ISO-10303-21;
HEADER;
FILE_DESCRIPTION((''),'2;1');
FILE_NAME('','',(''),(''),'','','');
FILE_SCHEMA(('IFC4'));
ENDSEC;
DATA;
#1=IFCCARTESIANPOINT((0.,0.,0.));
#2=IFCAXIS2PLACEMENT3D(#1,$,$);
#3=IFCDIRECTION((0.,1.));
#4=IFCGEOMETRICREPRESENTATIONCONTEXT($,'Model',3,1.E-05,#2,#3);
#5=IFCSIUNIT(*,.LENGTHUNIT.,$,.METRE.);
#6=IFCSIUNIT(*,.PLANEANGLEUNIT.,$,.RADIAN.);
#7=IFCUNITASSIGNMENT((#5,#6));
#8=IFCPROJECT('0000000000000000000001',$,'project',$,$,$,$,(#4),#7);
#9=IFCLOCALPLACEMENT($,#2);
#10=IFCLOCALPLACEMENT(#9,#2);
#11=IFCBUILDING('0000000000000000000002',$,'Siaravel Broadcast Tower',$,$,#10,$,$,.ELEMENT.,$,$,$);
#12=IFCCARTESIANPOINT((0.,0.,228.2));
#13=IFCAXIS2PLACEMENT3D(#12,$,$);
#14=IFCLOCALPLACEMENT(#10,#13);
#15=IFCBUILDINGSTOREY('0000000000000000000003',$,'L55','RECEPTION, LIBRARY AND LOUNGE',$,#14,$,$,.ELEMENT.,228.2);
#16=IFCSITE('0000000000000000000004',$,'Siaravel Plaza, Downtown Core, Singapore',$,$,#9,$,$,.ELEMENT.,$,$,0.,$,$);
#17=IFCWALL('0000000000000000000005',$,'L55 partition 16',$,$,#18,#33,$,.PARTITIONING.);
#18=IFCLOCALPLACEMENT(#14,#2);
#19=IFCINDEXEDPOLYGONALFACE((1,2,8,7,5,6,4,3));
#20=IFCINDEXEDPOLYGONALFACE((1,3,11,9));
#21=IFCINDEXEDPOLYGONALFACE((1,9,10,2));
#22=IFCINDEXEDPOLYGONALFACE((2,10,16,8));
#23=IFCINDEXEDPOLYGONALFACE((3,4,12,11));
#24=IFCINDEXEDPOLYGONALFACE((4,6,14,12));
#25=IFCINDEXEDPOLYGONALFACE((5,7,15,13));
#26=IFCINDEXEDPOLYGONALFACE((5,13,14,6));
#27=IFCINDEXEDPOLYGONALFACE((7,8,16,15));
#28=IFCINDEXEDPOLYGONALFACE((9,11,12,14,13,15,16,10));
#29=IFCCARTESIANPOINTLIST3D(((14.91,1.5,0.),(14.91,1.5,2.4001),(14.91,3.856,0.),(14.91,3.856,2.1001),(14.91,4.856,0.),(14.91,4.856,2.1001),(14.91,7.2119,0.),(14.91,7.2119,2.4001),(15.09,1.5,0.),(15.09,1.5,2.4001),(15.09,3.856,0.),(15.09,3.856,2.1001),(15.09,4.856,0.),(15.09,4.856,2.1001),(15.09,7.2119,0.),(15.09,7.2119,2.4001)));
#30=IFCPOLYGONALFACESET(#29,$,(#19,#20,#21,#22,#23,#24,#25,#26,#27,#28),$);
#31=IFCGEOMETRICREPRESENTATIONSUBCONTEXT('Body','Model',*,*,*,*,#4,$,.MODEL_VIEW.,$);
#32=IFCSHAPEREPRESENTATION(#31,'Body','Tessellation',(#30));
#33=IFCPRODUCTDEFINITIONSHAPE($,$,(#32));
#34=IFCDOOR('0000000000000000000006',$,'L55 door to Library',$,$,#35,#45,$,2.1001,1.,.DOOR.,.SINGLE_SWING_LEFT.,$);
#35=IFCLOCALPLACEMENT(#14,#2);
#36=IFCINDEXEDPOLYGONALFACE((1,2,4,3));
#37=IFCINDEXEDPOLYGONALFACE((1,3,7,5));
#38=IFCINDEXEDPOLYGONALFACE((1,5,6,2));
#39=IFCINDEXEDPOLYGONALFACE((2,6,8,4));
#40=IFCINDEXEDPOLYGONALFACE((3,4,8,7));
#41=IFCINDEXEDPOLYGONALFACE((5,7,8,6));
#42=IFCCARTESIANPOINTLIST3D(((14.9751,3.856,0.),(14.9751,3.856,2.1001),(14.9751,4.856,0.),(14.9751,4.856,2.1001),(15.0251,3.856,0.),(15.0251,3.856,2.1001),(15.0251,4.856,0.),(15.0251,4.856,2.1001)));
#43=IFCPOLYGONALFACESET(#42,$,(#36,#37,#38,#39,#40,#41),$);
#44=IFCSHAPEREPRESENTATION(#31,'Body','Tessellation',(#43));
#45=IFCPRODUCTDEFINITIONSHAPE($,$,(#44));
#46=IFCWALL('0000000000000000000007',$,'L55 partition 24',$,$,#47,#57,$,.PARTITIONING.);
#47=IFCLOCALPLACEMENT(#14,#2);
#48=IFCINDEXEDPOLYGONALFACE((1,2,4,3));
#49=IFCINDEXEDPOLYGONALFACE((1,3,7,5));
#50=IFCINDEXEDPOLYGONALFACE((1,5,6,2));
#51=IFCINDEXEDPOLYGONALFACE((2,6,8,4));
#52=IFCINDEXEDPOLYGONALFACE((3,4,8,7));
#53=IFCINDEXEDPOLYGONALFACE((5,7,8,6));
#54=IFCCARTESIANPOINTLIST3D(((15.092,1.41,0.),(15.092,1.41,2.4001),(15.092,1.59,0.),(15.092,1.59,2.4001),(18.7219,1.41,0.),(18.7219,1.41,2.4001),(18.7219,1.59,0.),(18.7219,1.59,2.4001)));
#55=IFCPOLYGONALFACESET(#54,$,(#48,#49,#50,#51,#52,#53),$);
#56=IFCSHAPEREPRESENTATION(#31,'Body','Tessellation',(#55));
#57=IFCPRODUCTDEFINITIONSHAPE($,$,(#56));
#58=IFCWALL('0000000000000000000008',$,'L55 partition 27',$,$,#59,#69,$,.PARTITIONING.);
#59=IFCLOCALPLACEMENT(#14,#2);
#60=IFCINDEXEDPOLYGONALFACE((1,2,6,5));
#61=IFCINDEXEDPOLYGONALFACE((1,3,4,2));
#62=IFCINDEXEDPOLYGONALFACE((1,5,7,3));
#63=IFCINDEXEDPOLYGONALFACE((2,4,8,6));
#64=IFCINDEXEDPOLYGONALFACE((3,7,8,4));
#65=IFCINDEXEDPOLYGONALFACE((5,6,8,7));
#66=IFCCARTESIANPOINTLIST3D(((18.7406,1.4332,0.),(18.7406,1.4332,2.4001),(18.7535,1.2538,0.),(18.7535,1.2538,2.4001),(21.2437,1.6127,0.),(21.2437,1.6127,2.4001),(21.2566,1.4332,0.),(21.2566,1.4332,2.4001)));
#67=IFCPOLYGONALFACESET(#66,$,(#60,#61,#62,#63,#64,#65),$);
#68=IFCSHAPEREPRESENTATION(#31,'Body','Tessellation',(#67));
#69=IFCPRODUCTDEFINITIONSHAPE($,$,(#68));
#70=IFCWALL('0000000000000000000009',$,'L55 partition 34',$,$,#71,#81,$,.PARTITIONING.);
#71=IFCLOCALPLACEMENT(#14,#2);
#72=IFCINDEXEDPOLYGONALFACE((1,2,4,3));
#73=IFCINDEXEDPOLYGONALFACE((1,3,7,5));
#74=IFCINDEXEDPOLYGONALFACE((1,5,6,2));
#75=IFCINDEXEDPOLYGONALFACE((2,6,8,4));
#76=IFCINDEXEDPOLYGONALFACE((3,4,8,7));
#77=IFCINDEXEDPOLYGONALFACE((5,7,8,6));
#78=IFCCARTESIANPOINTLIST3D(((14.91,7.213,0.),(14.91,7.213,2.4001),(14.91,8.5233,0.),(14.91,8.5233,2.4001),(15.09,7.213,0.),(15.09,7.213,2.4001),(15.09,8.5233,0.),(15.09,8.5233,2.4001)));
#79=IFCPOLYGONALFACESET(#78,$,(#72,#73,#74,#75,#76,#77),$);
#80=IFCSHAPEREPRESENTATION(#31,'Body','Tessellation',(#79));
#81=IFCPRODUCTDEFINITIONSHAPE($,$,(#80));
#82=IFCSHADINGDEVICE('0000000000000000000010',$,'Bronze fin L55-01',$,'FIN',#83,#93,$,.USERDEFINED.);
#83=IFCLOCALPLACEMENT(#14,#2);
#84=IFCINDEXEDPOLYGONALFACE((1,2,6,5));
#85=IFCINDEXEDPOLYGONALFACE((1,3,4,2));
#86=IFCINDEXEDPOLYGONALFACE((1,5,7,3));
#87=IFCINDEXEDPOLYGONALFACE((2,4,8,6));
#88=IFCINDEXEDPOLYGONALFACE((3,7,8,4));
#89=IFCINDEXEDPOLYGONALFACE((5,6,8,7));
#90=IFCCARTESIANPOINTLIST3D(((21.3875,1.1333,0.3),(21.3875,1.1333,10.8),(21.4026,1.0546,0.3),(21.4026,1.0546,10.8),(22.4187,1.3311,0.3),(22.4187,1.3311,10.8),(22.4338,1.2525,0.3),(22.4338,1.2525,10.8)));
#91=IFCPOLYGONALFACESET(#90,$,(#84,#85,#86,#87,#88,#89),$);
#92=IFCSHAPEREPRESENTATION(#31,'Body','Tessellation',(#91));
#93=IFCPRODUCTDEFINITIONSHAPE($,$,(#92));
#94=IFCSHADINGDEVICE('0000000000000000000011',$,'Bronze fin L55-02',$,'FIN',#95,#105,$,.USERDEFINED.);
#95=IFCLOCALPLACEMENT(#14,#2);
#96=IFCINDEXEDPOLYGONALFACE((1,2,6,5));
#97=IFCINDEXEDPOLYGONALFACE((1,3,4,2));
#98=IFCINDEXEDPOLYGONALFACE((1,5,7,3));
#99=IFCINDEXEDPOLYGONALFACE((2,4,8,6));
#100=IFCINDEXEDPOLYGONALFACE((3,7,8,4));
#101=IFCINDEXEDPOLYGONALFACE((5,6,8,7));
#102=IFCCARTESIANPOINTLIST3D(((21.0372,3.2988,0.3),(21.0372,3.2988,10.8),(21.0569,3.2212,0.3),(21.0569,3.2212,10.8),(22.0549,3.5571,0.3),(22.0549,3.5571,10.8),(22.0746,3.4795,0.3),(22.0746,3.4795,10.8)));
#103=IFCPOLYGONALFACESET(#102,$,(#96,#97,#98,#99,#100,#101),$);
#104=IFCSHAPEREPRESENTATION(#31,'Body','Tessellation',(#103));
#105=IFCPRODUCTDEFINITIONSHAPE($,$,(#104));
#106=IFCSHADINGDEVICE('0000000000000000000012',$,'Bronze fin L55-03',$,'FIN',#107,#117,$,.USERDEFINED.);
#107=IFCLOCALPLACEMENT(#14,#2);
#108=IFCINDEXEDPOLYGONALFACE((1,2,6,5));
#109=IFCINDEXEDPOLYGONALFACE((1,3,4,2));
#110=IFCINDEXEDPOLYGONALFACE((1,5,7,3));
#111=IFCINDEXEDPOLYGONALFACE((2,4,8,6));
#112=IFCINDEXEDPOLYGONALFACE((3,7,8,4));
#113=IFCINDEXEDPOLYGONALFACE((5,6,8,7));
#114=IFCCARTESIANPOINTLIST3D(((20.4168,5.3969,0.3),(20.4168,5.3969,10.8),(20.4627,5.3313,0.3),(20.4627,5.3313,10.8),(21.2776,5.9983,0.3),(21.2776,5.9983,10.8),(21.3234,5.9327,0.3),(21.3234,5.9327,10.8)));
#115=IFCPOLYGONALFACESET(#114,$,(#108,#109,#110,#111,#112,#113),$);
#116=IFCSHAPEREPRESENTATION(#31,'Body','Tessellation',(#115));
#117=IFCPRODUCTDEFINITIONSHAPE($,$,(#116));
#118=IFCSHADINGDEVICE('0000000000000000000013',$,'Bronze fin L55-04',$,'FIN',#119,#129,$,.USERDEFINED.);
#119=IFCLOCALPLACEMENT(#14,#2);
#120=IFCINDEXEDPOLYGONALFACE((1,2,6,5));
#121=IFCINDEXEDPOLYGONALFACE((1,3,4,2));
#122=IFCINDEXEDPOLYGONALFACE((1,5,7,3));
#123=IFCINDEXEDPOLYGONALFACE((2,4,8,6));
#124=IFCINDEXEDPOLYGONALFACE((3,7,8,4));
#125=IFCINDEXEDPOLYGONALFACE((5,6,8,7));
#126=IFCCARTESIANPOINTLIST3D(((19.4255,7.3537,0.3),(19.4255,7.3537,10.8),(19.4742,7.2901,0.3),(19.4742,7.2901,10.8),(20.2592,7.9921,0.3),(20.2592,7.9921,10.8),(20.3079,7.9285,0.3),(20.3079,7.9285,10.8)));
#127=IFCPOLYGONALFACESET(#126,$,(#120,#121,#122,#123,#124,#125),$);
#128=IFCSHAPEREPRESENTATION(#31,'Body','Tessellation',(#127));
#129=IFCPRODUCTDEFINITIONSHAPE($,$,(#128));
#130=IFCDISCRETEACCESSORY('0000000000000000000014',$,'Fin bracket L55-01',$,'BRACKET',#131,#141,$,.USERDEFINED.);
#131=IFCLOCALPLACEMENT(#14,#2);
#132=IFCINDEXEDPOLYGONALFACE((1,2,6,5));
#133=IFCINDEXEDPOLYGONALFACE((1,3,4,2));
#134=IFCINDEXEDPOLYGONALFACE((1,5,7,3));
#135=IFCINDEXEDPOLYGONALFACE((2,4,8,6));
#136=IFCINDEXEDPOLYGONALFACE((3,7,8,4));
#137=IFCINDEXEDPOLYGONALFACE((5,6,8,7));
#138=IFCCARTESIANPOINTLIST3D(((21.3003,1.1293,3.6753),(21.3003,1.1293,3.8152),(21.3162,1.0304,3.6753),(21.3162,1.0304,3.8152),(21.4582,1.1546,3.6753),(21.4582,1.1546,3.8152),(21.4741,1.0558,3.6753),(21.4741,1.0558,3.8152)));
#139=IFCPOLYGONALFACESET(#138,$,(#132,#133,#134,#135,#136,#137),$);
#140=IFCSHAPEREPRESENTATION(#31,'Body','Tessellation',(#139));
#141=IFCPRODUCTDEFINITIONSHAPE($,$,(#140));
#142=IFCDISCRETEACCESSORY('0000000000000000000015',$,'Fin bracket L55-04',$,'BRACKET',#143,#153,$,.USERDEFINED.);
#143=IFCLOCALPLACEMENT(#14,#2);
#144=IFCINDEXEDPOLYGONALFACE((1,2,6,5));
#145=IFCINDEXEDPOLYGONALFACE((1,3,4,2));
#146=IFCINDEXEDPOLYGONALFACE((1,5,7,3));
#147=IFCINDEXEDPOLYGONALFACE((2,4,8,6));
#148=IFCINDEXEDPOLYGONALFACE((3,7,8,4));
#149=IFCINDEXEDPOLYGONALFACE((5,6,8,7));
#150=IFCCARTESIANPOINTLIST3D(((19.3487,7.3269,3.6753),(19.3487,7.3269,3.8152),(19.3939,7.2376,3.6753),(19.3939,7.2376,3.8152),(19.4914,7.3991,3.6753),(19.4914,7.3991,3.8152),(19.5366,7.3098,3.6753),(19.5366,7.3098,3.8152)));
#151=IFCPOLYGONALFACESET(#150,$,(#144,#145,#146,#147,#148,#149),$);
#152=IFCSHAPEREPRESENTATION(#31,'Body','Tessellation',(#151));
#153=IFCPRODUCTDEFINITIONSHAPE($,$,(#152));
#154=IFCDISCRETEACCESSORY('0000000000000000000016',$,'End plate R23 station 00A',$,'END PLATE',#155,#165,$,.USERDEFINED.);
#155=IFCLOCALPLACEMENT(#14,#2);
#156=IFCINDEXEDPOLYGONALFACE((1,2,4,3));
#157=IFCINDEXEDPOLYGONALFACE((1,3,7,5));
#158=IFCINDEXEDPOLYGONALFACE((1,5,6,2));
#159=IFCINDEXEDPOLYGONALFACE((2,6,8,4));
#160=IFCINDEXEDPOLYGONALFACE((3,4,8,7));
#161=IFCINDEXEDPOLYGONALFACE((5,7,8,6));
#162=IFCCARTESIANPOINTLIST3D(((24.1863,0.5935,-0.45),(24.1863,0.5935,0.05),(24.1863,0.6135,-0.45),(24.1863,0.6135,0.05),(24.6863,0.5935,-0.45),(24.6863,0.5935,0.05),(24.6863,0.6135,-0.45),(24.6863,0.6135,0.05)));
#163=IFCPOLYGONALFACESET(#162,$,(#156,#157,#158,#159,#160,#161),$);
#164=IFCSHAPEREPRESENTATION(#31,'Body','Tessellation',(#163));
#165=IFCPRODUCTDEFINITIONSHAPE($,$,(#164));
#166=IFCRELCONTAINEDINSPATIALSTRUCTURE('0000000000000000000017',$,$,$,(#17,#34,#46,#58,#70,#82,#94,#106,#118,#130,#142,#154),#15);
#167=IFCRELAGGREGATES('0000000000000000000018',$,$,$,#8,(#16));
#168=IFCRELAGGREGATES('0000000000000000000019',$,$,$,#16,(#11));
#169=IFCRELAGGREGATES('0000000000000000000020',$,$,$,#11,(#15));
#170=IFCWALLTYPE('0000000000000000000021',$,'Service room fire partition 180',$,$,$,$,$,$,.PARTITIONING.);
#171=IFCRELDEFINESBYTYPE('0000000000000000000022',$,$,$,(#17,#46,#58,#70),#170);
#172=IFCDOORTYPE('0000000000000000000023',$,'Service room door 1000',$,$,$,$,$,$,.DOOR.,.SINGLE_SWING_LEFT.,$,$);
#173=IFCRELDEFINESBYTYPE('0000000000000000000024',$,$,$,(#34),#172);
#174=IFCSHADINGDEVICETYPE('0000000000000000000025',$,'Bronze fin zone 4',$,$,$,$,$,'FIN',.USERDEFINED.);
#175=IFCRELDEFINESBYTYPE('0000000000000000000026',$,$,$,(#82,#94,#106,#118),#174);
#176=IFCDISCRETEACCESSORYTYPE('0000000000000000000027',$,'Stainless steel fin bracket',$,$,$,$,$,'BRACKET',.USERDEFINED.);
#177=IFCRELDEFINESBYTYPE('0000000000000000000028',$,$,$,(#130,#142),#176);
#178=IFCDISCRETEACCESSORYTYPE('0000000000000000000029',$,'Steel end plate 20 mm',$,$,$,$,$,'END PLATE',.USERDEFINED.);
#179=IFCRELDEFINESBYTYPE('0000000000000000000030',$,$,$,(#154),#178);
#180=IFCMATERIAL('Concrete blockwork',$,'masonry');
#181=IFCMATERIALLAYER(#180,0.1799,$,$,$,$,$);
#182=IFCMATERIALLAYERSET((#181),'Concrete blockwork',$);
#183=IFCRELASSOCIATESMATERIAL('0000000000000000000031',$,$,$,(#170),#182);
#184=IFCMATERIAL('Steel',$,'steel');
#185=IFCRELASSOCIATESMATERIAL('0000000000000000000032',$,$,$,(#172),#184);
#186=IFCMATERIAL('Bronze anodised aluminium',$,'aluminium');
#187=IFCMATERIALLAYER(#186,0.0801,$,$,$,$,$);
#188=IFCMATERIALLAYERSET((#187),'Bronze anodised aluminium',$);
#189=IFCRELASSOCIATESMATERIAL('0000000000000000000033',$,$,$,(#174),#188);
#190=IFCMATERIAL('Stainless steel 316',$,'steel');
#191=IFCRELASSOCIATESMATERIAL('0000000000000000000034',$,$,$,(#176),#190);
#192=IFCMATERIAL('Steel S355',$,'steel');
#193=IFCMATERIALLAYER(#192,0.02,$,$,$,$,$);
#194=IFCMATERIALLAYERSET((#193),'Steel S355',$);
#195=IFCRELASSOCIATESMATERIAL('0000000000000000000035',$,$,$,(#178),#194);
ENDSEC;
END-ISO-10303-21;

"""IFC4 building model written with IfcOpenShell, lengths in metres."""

from ifc_helpers import new_model, si_unit, direction, frame, frame_2d, origin, origin_2d, place, context, subcontext, project, spatial, rectangle, extrude, material, layer, layer_set, type_object, element, fill, save


model = new_model("IFC4")

# Units and contexts
model_context = context("Model", 3, precision=1e-05, world=origin(), true_north=direction((0.0, 1.0)))
body_context = subcontext(model_context, "Body", "Model", "MODEL_VIEW")
ifc_project = project(units=[si_unit("LENGTHUNIT", "METRE"), si_unit("PLANEANGLEUNIT", "RADIAN")], contexts=[model_context])

# Site, building, storey
site_placement = place(None, origin())
site = spatial("IfcSite", under=ifc_project, at=site_placement, Name="Siaravel Plaza, Downtown Core, Singapore", CompositionType="ELEMENT", RefElevation=0.0)
building_placement = place(site_placement, origin())
building = spatial("IfcBuilding", under=site, at=building_placement, Name="Siaravel Broadcast Tower", CompositionType="ELEMENT")
storey_placement = place(building_placement, frame((0.0, 0.0, 228.2)))
storey = spatial("IfcBuildingStorey", under=building, at=storey_placement, Name="L55", Description="RECEPTION, LIBRARY AND LOUNGE", CompositionType="ELEMENT", Elevation=228.2)

# Shared definitions
ifc_material_1 = material(Name="Steel S355", Category="steel")

# Wall, opening, door
ifc_material_2 = material(Name="Concrete blockwork", Category="masonry")
ifc_layer_1 = layer(ifc_material_2, 0.1799)
ifc_layer_set_1 = layer_set([ifc_layer_1], Name="Concrete blockwork")
wall_type_1 = type_object("IfcWallType", Name="Service room fire partition 180", PredefinedType="PARTITIONING", material=ifc_layer_set_1)
wall_1_placement = place(storey_placement, frame((15.0, 1.5, 0.0), z_axis=(0.0, 0.0, 1.0), x_axis=(0.0, 1.0, 0.0)))
wall_1 = element("IfcWall", 1, at=wall_1_placement, inside=storey, type_object=wall_type_1, Name="L55 partition 16", PredefinedType="PARTITIONING", context=body_context, shape_type="SweptSolid", body=[
    extrude(rectangle(XDim=5.7119, YDim=0.1799, at=frame_2d((2.856, 0.0))), origin(), (0.0, 0.0, 1.0), 2.4001),
])
opening_placement = place(wall_1_placement, frame((2.356, 0.0, 0.0)))
opening = element("IfcOpeningElement", 2, at=opening_placement, cuts=wall_1, PredefinedType="OPENING", context=body_context, shape_type="SweptSolid", body=[
    extrude(rectangle(XDim=1.0, YDim=2.1001, at=frame_2d((0.5, 1.05))), frame((0.0, 0.0999, 0.0), z_axis=(0.0, -1.0, 0.0), x_axis=(1.0, 0.0, 0.0)), (0.0, 0.0, 1.0), 0.2),
])
ifc_material_3 = material(Name="Steel", Category="steel")
door_type = type_object("IfcDoorType", Name="Service room door 1000", OperationType="SINGLE_SWING_LEFT", PredefinedType="DOOR", material=ifc_material_3)
door_placement = place(opening_placement, origin())
door = element("IfcDoor", 3, at=door_placement, inside=storey, type_object=door_type, Name="L55 door to Library", OperationType="SINGLE_SWING_LEFT", OverallHeight=2.1001, OverallWidth=1.0, PredefinedType="DOOR", context=body_context, shape_type="SweptSolid", body=[
    extrude(rectangle(XDim=1.0, YDim=2.1001, at=frame_2d((0.5, 1.05))), frame((0.0, 0.0249, 0.0), z_axis=(0.0, -1.0, 0.0), x_axis=(1.0, 0.0, 0.0)), (0.0, 0.0, 1.0), 0.05),
])
fill(opening, door)

# Walls
wall_2_placement = place(storey_placement, frame((18.7219, 1.5, 0.0), z_axis=(0.0, 0.0, 1.0), x_axis=(-1.0, 0.0, 0.0)))
element("IfcWall", 4, at=wall_2_placement, inside=storey, type_object=wall_type_1, Name="L55 partition 24", PredefinedType="PARTITIONING", context=body_context, shape_type="SweptSolid", body=[
    extrude(rectangle(XDim=3.6299, YDim=0.1799, at=frame_2d((1.8149, 0.0))), origin(), (0.0, 0.0, 1.0), 2.4001),
])
wall_3_placement = place(storey_placement, frame((21.2502, 1.5229, 0.0), z_axis=(0.0, 0.0, 1.0), x_axis=(-0.99744, -0.071503, 0.0)))
element("IfcWall", 5, at=wall_3_placement, inside=storey, type_object=wall_type_1, Name="L55 partition 27", PredefinedType="PARTITIONING", context=body_context, shape_type="SweptSolid", body=[
    extrude(rectangle(XDim=2.5095, YDim=0.1799, at=frame_2d((1.2549, 0.0))), origin(), (0.0, 0.0, 1.0), 2.4001),
])
wall_4_placement = place(storey_placement, frame((15.0, 7.2129, 0.0), z_axis=(0.0, 0.0, 1.0), x_axis=(0.0, 1.0, 0.0)))
element("IfcWall", 6, at=wall_4_placement, inside=storey, type_object=wall_type_1, Name="L55 partition 34", PredefinedType="PARTITIONING", context=body_context, shape_type="SweptSolid", body=[
    extrude(rectangle(XDim=1.3103, YDim=0.1799, at=frame_2d((0.6553, 0.0))), origin(), (0.0, 0.0, 1.0), 2.4001),
])

# Shading devices
ifc_material_4 = material(Name="Bronze anodised aluminium", Category="aluminium")
ifc_layer_2 = layer(ifc_material_4, 0.0801)
ifc_layer_set_2 = layer_set([ifc_layer_2], Name="Bronze anodised aluminium")
shading_device_type = type_object("IfcShadingDeviceType", Name="Bronze fin zone 4", ElementType="FIN", PredefinedType="USERDEFINED", material=ifc_layer_set_2)
for number, where, z_axis, x_axis, name in (
    (7, (21.9106, 1.1929, 0.3), (0.0, 0.0, 1.0), (0.982091, 0.188406, 0.0), "Bronze fin L55-01"),
    (8, (21.5559, 3.3892, 0.3), (0.0, 0.0, 1.0), (0.969265, 0.246018, 0.0), "Bronze fin L55-02"),
    (9, (20.8701, 5.6648, 0.3), (0.0, 0.0, 1.0), (0.819731, 0.572748, 0.0), "Bronze fin L55-03"),
    (10, (19.8667, 7.6411, 0.3), (0.0, 0.0, 1.0), (0.793974, 0.607951, 0.0), "Bronze fin L55-04"),
):
    element("IfcShadingDevice", number, at=place(storey_placement, frame(where, z_axis=z_axis, x_axis=x_axis)), inside=storey, type_object=shading_device_type, Name=name, ObjectType="FIN", PredefinedType="USERDEFINED", context=body_context, shape_type="SweptSolid", body=[
        extrude(rectangle(XDim=1.05, YDim=0.0801, at=origin_2d()), origin(), (0.0, 0.0, 1.0), 10.5),
    ])

# Discrete accessories
ifc_material_5 = material(Name="Stainless steel 316", Category="steel")
discrete_accessory_type_1 = type_object("IfcDiscreteAccessoryType", Name="Stainless steel fin bracket", ElementType="BRACKET", PredefinedType="USERDEFINED", material=ifc_material_5)
for number, where, z_axis, x_axis, name in (
    (11, (21.3872, 1.0925, 3.6753), (0.0, 0.0, 1.0), (0.987329, 0.158685, 0.0), "Fin bracket L55-01"),
    (12, (19.4426, 7.3184, 3.6753), (0.0, 0.0, 1.0), (0.892393, 0.451259, 0.0), "Fin bracket L55-04"),
):
    element("IfcDiscreteAccessory", number, at=place(storey_placement, frame(where, z_axis=z_axis, x_axis=x_axis)), inside=storey, type_object=discrete_accessory_type_1, Name=name, ObjectType="BRACKET", PredefinedType="USERDEFINED", context=body_context, shape_type="SweptSolid", body=[
        extrude(rectangle(XDim=0.1599, YDim=0.1001, at=origin_2d()), origin(), (0.0, 0.0, 1.0), 0.1399),
    ])
ifc_layer_3 = layer(ifc_material_1, 0.02)
ifc_layer_set_3 = layer_set([ifc_layer_3], Name="Steel S355")
discrete_accessory_type_2 = type_object("IfcDiscreteAccessoryType", Name="Steel end plate 20 mm", ElementType="END PLATE", PredefinedType="USERDEFINED", material=ifc_layer_set_3)
discrete_accessory_placement = place(storey_placement, frame((24.4363, 0.6035, -0.45), z_axis=(0.0, 0.0, 1.0), x_axis=(0.0, 1.0, 0.0)))
element("IfcDiscreteAccessory", 13, at=discrete_accessory_placement, inside=storey, type_object=discrete_accessory_type_2, Name="End plate R23 station 00A", ObjectType="END PLATE", PredefinedType="USERDEFINED", context=body_context, shape_type="SweptSolid", body=[
    extrude(rectangle(XDim=0.02, YDim=0.5, at=origin_2d()), origin(), (0.0, 0.0, 1.0), 0.5),
])

save(model, "model.ifc")
